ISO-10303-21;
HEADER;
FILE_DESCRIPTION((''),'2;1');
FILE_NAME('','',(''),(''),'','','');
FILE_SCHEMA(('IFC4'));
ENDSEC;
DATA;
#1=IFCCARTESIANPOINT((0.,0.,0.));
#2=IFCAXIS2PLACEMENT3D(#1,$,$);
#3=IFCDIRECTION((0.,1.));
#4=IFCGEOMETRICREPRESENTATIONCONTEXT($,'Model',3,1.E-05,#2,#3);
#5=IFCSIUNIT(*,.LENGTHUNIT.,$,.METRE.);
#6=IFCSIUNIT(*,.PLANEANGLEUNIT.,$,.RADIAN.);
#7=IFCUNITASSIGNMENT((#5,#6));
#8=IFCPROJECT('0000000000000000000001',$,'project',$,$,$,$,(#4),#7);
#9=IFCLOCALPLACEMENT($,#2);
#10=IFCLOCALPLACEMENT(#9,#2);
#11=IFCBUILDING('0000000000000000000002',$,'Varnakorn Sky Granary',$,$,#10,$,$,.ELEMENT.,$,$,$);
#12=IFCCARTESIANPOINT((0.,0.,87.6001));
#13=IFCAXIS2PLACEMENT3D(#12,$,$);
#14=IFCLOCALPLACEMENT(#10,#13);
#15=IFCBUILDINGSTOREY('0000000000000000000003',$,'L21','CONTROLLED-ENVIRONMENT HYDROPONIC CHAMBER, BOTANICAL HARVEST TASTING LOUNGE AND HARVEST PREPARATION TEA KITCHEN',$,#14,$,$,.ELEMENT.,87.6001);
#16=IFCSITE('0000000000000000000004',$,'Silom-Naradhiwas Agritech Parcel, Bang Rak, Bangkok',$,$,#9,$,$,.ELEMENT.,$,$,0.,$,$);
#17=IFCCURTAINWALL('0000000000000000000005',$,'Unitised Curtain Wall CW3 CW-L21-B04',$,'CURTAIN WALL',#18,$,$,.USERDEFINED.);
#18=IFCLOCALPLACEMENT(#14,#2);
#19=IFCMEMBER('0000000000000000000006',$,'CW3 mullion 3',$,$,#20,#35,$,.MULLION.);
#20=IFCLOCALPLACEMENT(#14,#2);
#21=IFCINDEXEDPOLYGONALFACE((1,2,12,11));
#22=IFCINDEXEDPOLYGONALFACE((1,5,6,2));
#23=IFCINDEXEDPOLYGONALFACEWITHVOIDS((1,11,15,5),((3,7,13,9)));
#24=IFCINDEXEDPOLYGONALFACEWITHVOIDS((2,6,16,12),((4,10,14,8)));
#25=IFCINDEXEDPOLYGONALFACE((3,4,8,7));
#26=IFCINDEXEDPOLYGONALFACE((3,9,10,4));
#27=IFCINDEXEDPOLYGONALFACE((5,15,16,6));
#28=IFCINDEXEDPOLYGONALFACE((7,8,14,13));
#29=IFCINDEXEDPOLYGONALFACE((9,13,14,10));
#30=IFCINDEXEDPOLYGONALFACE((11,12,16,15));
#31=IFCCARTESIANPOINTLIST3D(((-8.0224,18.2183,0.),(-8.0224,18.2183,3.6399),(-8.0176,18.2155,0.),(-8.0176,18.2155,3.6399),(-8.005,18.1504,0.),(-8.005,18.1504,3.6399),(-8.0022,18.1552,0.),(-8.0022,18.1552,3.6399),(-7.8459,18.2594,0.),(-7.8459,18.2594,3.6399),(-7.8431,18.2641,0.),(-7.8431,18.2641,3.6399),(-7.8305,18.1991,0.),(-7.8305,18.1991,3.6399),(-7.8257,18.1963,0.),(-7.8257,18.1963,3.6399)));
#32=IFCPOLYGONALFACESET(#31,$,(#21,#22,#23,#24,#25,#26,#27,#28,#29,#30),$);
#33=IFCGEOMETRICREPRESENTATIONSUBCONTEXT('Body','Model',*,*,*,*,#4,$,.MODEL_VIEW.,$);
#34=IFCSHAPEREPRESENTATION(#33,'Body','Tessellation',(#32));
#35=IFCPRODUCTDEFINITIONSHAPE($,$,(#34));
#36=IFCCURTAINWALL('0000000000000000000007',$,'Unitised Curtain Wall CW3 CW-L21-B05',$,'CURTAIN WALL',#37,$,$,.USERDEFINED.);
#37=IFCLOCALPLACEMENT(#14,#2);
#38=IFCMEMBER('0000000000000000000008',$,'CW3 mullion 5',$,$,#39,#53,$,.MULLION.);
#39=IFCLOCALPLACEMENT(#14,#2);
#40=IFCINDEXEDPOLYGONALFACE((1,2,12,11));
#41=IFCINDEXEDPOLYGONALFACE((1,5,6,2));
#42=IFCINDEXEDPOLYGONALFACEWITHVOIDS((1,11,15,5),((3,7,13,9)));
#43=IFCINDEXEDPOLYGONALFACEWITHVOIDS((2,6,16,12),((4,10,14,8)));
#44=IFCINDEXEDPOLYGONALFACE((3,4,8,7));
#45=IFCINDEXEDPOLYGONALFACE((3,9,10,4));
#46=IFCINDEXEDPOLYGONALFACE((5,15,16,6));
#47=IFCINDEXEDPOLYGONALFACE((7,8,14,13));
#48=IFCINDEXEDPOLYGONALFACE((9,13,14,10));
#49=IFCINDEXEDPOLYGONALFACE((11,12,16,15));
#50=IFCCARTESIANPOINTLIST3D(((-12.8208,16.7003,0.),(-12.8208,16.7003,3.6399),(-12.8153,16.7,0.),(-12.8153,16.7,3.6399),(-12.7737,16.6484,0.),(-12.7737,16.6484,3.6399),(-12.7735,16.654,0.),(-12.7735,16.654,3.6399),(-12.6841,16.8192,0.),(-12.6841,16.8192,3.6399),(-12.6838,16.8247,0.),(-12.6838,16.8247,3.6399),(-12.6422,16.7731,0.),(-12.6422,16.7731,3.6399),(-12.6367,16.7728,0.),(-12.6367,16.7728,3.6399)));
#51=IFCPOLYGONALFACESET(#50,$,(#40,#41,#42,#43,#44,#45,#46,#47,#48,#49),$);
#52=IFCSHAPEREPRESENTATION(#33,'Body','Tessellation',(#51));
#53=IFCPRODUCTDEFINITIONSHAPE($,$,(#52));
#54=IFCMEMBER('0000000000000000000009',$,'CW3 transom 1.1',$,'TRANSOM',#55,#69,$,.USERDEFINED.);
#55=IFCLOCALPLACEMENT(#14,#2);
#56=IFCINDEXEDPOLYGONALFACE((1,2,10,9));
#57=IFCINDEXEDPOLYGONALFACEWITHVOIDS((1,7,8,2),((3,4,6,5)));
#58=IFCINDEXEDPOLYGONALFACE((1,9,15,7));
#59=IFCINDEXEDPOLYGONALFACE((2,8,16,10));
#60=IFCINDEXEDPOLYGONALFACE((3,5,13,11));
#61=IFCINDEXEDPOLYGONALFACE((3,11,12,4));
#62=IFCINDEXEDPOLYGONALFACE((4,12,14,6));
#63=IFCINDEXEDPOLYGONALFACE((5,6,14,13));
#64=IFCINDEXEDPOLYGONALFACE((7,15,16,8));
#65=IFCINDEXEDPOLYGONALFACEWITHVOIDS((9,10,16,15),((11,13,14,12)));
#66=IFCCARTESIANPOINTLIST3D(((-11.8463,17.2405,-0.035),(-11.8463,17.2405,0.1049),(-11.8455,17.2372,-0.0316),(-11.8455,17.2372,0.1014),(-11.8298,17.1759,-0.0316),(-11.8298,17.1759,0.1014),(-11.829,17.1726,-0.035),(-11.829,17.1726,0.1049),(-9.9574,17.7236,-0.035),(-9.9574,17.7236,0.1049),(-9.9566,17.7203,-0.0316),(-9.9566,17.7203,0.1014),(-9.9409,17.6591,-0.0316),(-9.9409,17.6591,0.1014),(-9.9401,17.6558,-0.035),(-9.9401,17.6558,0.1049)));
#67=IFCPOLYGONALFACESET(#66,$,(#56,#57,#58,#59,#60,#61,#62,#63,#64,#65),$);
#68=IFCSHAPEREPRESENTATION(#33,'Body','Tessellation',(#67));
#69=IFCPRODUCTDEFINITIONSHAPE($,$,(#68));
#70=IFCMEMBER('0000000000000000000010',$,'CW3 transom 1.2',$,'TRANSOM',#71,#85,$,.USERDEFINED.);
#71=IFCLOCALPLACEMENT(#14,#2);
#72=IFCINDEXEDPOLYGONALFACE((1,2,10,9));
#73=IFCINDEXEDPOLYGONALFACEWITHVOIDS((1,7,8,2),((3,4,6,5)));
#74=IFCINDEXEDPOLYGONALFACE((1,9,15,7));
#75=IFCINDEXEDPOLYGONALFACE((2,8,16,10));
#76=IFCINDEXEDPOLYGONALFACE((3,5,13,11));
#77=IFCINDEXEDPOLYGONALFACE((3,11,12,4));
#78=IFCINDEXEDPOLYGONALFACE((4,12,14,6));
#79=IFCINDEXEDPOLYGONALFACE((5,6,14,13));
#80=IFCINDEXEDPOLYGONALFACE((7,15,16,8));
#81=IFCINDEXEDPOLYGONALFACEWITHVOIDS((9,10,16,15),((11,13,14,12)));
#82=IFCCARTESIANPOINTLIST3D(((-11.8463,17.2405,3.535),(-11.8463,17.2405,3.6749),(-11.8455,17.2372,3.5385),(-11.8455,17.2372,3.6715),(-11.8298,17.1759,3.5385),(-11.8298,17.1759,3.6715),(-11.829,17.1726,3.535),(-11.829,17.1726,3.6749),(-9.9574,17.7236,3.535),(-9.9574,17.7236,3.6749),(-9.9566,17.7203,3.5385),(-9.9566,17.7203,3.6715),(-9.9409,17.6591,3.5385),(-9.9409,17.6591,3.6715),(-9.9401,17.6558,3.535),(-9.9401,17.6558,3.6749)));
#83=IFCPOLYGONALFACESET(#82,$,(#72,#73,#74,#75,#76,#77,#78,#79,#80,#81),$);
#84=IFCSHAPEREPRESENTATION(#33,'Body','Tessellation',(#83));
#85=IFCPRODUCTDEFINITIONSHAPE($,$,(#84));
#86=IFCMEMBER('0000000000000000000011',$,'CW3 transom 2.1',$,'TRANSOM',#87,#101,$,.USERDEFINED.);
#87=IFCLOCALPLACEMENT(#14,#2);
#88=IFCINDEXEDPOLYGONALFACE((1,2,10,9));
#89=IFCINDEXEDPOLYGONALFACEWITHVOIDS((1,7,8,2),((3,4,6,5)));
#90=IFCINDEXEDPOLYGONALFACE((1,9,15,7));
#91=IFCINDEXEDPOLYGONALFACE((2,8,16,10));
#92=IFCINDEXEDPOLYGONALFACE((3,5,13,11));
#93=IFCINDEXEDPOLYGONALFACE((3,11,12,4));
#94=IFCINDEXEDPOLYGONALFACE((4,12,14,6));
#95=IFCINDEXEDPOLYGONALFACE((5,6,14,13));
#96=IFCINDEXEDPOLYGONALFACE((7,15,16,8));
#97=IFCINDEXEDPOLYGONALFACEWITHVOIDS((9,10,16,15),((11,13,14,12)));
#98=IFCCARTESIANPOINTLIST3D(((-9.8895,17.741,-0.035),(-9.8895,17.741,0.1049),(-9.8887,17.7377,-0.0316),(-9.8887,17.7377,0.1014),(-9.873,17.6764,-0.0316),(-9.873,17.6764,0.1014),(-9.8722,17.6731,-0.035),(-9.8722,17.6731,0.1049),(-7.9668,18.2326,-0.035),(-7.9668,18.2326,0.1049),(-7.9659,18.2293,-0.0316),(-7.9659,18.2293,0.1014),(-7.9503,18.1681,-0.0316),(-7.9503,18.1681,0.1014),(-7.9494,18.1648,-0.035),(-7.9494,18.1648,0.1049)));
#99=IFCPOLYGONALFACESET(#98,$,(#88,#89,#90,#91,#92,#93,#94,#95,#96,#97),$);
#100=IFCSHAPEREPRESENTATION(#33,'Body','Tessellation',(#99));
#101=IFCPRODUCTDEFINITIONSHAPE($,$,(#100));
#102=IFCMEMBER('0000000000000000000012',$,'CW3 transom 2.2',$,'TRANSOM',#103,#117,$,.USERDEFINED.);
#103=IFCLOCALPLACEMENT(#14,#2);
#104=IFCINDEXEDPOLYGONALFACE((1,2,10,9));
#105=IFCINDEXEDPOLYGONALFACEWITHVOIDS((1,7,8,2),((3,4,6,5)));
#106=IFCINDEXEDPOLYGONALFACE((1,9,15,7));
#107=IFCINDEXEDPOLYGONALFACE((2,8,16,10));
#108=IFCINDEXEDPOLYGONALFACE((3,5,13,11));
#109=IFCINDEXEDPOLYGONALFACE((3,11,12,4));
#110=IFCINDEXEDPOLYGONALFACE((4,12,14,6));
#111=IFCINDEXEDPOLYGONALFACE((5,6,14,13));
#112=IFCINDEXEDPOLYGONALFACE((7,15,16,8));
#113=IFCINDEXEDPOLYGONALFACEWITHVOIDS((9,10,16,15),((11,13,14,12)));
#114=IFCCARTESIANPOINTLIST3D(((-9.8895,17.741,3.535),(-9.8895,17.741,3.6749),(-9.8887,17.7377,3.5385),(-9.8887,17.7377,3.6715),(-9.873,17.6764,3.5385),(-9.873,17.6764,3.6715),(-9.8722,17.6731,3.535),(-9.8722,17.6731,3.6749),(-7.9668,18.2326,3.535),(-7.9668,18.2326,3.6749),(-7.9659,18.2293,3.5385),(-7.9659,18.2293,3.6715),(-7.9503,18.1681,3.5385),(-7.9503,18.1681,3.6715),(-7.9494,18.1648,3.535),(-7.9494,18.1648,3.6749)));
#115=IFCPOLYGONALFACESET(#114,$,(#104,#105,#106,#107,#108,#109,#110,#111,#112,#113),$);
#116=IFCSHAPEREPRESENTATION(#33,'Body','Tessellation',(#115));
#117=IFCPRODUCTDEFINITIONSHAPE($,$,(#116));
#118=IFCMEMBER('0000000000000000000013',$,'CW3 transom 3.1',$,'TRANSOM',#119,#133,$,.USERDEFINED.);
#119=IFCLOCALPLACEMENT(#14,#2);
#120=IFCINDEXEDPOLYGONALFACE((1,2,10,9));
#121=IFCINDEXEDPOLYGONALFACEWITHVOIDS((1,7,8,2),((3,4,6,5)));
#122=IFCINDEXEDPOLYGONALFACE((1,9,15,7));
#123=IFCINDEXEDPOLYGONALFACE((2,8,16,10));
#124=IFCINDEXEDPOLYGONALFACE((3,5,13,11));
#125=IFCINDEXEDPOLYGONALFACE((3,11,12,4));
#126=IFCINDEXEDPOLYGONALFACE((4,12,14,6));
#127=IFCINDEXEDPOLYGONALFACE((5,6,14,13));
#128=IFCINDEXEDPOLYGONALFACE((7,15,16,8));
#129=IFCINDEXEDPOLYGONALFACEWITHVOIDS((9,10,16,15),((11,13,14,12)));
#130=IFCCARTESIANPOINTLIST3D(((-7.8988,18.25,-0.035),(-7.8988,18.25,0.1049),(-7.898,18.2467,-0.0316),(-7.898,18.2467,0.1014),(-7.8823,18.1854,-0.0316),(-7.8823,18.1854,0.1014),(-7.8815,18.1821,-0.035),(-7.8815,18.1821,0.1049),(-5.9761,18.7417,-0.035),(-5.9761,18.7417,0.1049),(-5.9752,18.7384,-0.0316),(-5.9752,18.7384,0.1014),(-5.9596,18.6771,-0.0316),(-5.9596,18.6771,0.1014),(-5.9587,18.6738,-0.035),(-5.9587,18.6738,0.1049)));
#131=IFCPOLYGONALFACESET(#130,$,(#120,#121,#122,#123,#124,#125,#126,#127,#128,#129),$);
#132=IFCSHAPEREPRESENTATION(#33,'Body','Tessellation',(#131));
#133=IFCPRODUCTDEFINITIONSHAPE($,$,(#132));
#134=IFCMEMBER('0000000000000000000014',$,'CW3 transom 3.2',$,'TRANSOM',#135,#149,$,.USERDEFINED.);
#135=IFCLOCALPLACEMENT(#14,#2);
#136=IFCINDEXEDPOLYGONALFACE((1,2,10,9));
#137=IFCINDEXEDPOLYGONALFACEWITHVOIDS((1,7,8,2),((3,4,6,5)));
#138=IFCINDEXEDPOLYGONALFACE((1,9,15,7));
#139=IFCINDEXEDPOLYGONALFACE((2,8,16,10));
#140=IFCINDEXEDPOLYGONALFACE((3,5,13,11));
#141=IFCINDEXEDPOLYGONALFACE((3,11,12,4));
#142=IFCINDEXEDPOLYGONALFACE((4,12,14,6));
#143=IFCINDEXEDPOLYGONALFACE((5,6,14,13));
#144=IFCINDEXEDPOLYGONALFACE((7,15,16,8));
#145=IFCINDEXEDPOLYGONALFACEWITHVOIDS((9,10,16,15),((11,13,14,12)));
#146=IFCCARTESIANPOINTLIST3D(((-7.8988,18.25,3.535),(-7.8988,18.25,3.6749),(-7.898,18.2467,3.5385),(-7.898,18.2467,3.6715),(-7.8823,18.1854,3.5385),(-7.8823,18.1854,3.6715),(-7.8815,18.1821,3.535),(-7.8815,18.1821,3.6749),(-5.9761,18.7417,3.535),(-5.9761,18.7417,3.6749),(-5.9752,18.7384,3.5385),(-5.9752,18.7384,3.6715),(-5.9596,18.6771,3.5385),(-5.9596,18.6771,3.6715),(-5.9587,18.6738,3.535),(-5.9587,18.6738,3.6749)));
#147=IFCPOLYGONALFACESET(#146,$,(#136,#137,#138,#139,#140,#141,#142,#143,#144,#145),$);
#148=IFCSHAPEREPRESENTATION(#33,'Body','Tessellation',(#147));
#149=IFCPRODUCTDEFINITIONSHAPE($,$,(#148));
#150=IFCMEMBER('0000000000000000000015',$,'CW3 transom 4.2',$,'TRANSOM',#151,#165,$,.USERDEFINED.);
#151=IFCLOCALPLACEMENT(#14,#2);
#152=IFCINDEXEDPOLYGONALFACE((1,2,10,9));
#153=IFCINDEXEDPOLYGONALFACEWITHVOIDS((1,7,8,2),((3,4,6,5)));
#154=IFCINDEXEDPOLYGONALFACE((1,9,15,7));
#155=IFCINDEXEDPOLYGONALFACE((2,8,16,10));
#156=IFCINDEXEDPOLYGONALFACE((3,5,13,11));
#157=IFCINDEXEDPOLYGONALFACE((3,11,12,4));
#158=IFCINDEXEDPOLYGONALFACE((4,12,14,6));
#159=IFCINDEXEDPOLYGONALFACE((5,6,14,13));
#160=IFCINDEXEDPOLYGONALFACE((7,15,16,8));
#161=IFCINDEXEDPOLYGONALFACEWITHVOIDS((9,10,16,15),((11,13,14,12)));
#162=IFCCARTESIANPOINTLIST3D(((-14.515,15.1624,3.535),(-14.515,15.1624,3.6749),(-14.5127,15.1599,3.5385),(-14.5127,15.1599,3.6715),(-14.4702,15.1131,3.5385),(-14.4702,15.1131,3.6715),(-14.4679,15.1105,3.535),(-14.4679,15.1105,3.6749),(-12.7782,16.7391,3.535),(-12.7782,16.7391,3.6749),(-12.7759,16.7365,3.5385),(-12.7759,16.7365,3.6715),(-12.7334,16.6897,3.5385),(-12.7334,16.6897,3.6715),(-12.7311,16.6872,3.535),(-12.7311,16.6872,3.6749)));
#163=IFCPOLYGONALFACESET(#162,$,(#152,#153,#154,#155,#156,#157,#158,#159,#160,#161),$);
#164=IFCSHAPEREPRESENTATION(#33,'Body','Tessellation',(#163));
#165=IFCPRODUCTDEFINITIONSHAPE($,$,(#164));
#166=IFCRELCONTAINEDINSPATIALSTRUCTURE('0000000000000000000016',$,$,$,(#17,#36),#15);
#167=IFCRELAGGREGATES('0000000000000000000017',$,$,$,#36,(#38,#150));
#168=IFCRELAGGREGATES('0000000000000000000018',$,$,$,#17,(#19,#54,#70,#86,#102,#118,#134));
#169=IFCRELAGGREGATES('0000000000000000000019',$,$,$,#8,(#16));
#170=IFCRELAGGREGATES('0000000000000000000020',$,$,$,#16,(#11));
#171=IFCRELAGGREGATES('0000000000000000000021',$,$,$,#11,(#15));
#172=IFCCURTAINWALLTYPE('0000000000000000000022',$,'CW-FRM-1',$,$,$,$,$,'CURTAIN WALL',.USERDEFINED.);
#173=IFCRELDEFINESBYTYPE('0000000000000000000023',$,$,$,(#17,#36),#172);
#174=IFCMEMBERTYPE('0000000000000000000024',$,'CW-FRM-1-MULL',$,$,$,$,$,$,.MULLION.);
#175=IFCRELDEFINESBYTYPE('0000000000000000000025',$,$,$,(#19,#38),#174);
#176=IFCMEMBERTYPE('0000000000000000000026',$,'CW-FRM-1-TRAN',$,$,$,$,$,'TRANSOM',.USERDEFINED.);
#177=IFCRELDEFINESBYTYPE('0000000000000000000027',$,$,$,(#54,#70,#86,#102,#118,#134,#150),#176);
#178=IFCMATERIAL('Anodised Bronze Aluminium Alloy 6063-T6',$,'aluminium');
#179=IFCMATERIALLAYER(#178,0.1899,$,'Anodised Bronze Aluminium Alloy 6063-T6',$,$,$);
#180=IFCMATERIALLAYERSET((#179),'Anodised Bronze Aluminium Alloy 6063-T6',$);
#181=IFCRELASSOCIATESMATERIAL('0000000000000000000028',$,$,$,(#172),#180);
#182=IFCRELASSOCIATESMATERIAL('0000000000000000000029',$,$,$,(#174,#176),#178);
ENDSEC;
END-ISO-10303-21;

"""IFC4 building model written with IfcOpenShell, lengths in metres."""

from ifc_helpers import new_model, si_unit, direction, frame, origin, origin_2d, place, context, subcontext, project, spatial, hollow_rectangle, extrude, material, layer, layer_set, material_profile, profile_set, type_object, element, aggregate, save


model = new_model("IFC4")

# Units and contexts
model_context = context("Model", 3, precision=1e-05, world=origin(), true_north=direction((0.0, 1.0)))
body_context = subcontext(model_context, "Body", "Model", "MODEL_VIEW")
ifc_project = project(units=[si_unit("LENGTHUNIT", "METRE"), si_unit("PLANEANGLEUNIT", "RADIAN")], contexts=[model_context])

# Site, building, storey
site_placement = place(None, origin())
site = spatial("IfcSite", under=ifc_project, at=site_placement, Name="Silom-Naradhiwas Agritech Parcel, Bang Rak, Bangkok", CompositionType="ELEMENT", RefElevation=0.0)
building_placement = place(site_placement, origin())
building = spatial("IfcBuilding", under=site, at=building_placement, Name="Varnakorn Sky Granary", CompositionType="ELEMENT")
storey_placement = place(building_placement, frame((0.0, 0.0, 87.6001)))
storey = spatial("IfcBuildingStorey", under=building, at=storey_placement, Name="L21", Description="CONTROLLED-ENVIRONMENT HYDROPONIC CHAMBER, BOTANICAL HARVEST TASTING LOUNGE AND HARVEST PREPARATION TEA KITCHEN", CompositionType="ELEMENT", Elevation=87.6001)

# Curtain wall, member
ifc_material_1 = material(Name="Anodised Bronze Aluminium Alloy 6063-T6", Category="aluminium")
ifc_layer_1 = layer(ifc_material_1, 0.1899, Name="Anodised Bronze Aluminium Alloy 6063-T6")
ifc_layer_set_1 = layer_set([ifc_layer_1], Name="Anodised Bronze Aluminium Alloy 6063-T6")
curtain_wall_type = type_object("IfcCurtainWallType", Name="CW-FRM-1", ElementType="CURTAIN WALL", PredefinedType="USERDEFINED", material=ifc_layer_set_1)
curtain_wall_1_placement = place(storey_placement, origin())
curtain_wall_1 = element("IfcCurtainWall", 1, at=curtain_wall_1_placement, inside=storey, type_object=curtain_wall_type, Name="Unitised Curtain Wall CW3 CW-L21-B04", ObjectType="CURTAIN WALL", PredefinedType="USERDEFINED")
ifc_material_profile_1 = material_profile(ifc_material_1, hollow_rectangle(XDim=0.0701, YDim=0.1851, WallThickness=0.0039, at=origin_2d()), Name="ALU MULL 70x185")
ifc_profile_set_1 = profile_set([ifc_material_profile_1], Name="Anodised Bronze Aluminium Alloy 6063-T6")
member_type_1 = type_object("IfcMemberType", Name="CW-FRM-1-MULL", PredefinedType="MULLION", material=ifc_profile_set_1)
member_1_placement = place(storey_placement, frame((-7.9241, 18.2073, 0.0), z_axis=(0.0, 0.0, 1.0), x_axis=(-0.247729, 0.968829, 0.0)))
member_1 = element("IfcMember", 2, at=member_1_placement, type_object=member_type_1, Name="CW3 mullion 3", PredefinedType="MULLION", context=body_context, shape_type="SweptSolid", body=[
    extrude(hollow_rectangle(XDim=0.0701, YDim=0.1851, WallThickness=0.0039, at=origin_2d()), origin(), (0.0, 0.0, 1.0), 3.6399),
])

# Curtain wall, member
curtain_wall_2_placement = place(storey_placement, origin())
curtain_wall_2 = element("IfcCurtainWall", 3, at=curtain_wall_2_placement, inside=storey, type_object=curtain_wall_type, Name="Unitised Curtain Wall CW3 CW-L21-B05", ObjectType="CURTAIN WALL", PredefinedType="USERDEFINED")
member_2_placement = place(storey_placement, frame((-12.7288, 16.7366, 0.0), z_axis=(0.0, 0.0, 1.0), x_axis=(-0.67219, 0.740378, 0.0)))
member_2 = element("IfcMember", 4, at=member_2_placement, type_object=member_type_1, Name="CW3 mullion 5", PredefinedType="MULLION", context=body_context, shape_type="SweptSolid", body=[
    extrude(hollow_rectangle(XDim=0.0701, YDim=0.1851, WallThickness=0.0039, at=origin_2d()), origin(), (0.0, 0.0, 1.0), 3.6399),
])

# Members
ifc_material_profile_2 = material_profile(ifc_material_1, hollow_rectangle(XDim=0.0701, YDim=0.1399, WallThickness=0.0034, at=origin_2d()), Name="ALU TRAN 70x140")
ifc_profile_set_2 = profile_set([ifc_material_profile_2], Name="Anodised Bronze Aluminium Alloy 6063-T6")
member_type_2 = type_object("IfcMemberType", Name="CW-FRM-1-TRAN", ElementType="TRANSOM", PredefinedType="USERDEFINED", material=ifc_profile_set_2)
member_3_placement = place(storey_placement, frame((-11.8376, 17.2065, 0.0349), z_axis=(0.96881, 0.247806, 0.0), x_axis=(-0.247806, 0.96881, 0.0)))
member_3 = element("IfcMember", 5, at=member_3_placement, type_object=member_type_2, Name="CW3 transom 1.1", ObjectType="TRANSOM", PredefinedType="USERDEFINED", context=body_context, shape_type="SweptSolid", body=[
    extrude(hollow_rectangle(XDim=0.0701, YDim=0.1399, WallThickness=0.0034, at=origin_2d()), origin(), (0.0, 0.0, 1.0), 1.9497),
])
member_4_placement = place(storey_placement, frame((-11.8376, 17.2065, 3.605), z_axis=(0.96881, 0.247806, 0.0), x_axis=(-0.247806, 0.96881, 0.0)))
member_4 = element("IfcMember", 6, at=member_4_placement, type_object=member_type_2, Name="CW3 transom 1.2", ObjectType="TRANSOM", PredefinedType="USERDEFINED", context=body_context, shape_type="SweptSolid", body=[
    extrude(hollow_rectangle(XDim=0.0701, YDim=0.1399, WallThickness=0.0034, at=origin_2d()), origin(), (0.0, 0.0, 1.0), 1.9497),
])
member_5_placement = place(storey_placement, frame((-9.8809, 17.707, 0.0349), z_axis=(0.968826, 0.247742, 0.0), x_axis=(-0.247742, 0.968826, 0.0)))
member_5 = element("IfcMember", 7, at=member_5_placement, type_object=member_type_2, Name="CW3 transom 2.1", ObjectType="TRANSOM", PredefinedType="USERDEFINED", context=body_context, shape_type="SweptSolid", body=[
    extrude(hollow_rectangle(XDim=0.0701, YDim=0.1399, WallThickness=0.0034, at=origin_2d()), origin(), (0.0, 0.0, 1.0), 1.9846),
])
member_6_placement = place(storey_placement, frame((-9.8809, 17.707, 3.605), z_axis=(0.968826, 0.247742, 0.0), x_axis=(-0.247742, 0.968826, 0.0)))
member_6 = element("IfcMember", 8, at=member_6_placement, type_object=member_type_2, Name="CW3 transom 2.2", ObjectType="TRANSOM", PredefinedType="USERDEFINED", context=body_context, shape_type="SweptSolid", body=[
    extrude(hollow_rectangle(XDim=0.0701, YDim=0.1399, WallThickness=0.0034, at=origin_2d()), origin(), (0.0, 0.0, 1.0), 1.9846),
])
member_7_placement = place(storey_placement, frame((-7.8901, 18.2161, 0.0349), z_axis=(0.968826, 0.247742, 0.0), x_axis=(-0.247742, 0.968826, 0.0)))
member_7 = element("IfcMember", 9, at=member_7_placement, type_object=member_type_2, Name="CW3 transom 3.1", ObjectType="TRANSOM", PredefinedType="USERDEFINED", context=body_context, shape_type="SweptSolid", body=[
    extrude(hollow_rectangle(XDim=0.0701, YDim=0.1399, WallThickness=0.0034, at=origin_2d()), origin(), (0.0, 0.0, 1.0), 1.9846),
])
member_8_placement = place(storey_placement, frame((-7.8901, 18.2161, 3.605), z_axis=(0.968826, 0.247742, 0.0), x_axis=(-0.247742, 0.968826, 0.0)))
member_8 = element("IfcMember", 10, at=member_8_placement, type_object=member_type_2, Name="CW3 transom 3.2", ObjectType="TRANSOM", PredefinedType="USERDEFINED", context=body_context, shape_type="SweptSolid", body=[
    extrude(hollow_rectangle(XDim=0.0701, YDim=0.1399, WallThickness=0.0034, at=origin_2d()), origin(), (0.0, 0.0, 1.0), 1.9846),
])
member_9_placement = place(storey_placement, frame((-14.4915, 15.1365, 3.605), z_axis=(0.74042, 0.672144, 0.0), x_axis=(-0.672144, 0.74042, 0.0)))
member_9 = element("IfcMember", 11, at=member_9_placement, type_object=member_type_2, Name="CW3 transom 4.2", ObjectType="TRANSOM", PredefinedType="USERDEFINED", context=body_context, shape_type="SweptSolid", body=[
    extrude(hollow_rectangle(XDim=0.0701, YDim=0.1399, WallThickness=0.0034, at=origin_2d()), origin(), (0.0, 0.0, 1.0), 2.3457),
])

aggregate(curtain_wall_2, [member_2, member_9])
aggregate(curtain_wall_1, [member_1, member_3, member_4, member_5, member_6, member_7, member_8])

save(model, "model.ifc")
